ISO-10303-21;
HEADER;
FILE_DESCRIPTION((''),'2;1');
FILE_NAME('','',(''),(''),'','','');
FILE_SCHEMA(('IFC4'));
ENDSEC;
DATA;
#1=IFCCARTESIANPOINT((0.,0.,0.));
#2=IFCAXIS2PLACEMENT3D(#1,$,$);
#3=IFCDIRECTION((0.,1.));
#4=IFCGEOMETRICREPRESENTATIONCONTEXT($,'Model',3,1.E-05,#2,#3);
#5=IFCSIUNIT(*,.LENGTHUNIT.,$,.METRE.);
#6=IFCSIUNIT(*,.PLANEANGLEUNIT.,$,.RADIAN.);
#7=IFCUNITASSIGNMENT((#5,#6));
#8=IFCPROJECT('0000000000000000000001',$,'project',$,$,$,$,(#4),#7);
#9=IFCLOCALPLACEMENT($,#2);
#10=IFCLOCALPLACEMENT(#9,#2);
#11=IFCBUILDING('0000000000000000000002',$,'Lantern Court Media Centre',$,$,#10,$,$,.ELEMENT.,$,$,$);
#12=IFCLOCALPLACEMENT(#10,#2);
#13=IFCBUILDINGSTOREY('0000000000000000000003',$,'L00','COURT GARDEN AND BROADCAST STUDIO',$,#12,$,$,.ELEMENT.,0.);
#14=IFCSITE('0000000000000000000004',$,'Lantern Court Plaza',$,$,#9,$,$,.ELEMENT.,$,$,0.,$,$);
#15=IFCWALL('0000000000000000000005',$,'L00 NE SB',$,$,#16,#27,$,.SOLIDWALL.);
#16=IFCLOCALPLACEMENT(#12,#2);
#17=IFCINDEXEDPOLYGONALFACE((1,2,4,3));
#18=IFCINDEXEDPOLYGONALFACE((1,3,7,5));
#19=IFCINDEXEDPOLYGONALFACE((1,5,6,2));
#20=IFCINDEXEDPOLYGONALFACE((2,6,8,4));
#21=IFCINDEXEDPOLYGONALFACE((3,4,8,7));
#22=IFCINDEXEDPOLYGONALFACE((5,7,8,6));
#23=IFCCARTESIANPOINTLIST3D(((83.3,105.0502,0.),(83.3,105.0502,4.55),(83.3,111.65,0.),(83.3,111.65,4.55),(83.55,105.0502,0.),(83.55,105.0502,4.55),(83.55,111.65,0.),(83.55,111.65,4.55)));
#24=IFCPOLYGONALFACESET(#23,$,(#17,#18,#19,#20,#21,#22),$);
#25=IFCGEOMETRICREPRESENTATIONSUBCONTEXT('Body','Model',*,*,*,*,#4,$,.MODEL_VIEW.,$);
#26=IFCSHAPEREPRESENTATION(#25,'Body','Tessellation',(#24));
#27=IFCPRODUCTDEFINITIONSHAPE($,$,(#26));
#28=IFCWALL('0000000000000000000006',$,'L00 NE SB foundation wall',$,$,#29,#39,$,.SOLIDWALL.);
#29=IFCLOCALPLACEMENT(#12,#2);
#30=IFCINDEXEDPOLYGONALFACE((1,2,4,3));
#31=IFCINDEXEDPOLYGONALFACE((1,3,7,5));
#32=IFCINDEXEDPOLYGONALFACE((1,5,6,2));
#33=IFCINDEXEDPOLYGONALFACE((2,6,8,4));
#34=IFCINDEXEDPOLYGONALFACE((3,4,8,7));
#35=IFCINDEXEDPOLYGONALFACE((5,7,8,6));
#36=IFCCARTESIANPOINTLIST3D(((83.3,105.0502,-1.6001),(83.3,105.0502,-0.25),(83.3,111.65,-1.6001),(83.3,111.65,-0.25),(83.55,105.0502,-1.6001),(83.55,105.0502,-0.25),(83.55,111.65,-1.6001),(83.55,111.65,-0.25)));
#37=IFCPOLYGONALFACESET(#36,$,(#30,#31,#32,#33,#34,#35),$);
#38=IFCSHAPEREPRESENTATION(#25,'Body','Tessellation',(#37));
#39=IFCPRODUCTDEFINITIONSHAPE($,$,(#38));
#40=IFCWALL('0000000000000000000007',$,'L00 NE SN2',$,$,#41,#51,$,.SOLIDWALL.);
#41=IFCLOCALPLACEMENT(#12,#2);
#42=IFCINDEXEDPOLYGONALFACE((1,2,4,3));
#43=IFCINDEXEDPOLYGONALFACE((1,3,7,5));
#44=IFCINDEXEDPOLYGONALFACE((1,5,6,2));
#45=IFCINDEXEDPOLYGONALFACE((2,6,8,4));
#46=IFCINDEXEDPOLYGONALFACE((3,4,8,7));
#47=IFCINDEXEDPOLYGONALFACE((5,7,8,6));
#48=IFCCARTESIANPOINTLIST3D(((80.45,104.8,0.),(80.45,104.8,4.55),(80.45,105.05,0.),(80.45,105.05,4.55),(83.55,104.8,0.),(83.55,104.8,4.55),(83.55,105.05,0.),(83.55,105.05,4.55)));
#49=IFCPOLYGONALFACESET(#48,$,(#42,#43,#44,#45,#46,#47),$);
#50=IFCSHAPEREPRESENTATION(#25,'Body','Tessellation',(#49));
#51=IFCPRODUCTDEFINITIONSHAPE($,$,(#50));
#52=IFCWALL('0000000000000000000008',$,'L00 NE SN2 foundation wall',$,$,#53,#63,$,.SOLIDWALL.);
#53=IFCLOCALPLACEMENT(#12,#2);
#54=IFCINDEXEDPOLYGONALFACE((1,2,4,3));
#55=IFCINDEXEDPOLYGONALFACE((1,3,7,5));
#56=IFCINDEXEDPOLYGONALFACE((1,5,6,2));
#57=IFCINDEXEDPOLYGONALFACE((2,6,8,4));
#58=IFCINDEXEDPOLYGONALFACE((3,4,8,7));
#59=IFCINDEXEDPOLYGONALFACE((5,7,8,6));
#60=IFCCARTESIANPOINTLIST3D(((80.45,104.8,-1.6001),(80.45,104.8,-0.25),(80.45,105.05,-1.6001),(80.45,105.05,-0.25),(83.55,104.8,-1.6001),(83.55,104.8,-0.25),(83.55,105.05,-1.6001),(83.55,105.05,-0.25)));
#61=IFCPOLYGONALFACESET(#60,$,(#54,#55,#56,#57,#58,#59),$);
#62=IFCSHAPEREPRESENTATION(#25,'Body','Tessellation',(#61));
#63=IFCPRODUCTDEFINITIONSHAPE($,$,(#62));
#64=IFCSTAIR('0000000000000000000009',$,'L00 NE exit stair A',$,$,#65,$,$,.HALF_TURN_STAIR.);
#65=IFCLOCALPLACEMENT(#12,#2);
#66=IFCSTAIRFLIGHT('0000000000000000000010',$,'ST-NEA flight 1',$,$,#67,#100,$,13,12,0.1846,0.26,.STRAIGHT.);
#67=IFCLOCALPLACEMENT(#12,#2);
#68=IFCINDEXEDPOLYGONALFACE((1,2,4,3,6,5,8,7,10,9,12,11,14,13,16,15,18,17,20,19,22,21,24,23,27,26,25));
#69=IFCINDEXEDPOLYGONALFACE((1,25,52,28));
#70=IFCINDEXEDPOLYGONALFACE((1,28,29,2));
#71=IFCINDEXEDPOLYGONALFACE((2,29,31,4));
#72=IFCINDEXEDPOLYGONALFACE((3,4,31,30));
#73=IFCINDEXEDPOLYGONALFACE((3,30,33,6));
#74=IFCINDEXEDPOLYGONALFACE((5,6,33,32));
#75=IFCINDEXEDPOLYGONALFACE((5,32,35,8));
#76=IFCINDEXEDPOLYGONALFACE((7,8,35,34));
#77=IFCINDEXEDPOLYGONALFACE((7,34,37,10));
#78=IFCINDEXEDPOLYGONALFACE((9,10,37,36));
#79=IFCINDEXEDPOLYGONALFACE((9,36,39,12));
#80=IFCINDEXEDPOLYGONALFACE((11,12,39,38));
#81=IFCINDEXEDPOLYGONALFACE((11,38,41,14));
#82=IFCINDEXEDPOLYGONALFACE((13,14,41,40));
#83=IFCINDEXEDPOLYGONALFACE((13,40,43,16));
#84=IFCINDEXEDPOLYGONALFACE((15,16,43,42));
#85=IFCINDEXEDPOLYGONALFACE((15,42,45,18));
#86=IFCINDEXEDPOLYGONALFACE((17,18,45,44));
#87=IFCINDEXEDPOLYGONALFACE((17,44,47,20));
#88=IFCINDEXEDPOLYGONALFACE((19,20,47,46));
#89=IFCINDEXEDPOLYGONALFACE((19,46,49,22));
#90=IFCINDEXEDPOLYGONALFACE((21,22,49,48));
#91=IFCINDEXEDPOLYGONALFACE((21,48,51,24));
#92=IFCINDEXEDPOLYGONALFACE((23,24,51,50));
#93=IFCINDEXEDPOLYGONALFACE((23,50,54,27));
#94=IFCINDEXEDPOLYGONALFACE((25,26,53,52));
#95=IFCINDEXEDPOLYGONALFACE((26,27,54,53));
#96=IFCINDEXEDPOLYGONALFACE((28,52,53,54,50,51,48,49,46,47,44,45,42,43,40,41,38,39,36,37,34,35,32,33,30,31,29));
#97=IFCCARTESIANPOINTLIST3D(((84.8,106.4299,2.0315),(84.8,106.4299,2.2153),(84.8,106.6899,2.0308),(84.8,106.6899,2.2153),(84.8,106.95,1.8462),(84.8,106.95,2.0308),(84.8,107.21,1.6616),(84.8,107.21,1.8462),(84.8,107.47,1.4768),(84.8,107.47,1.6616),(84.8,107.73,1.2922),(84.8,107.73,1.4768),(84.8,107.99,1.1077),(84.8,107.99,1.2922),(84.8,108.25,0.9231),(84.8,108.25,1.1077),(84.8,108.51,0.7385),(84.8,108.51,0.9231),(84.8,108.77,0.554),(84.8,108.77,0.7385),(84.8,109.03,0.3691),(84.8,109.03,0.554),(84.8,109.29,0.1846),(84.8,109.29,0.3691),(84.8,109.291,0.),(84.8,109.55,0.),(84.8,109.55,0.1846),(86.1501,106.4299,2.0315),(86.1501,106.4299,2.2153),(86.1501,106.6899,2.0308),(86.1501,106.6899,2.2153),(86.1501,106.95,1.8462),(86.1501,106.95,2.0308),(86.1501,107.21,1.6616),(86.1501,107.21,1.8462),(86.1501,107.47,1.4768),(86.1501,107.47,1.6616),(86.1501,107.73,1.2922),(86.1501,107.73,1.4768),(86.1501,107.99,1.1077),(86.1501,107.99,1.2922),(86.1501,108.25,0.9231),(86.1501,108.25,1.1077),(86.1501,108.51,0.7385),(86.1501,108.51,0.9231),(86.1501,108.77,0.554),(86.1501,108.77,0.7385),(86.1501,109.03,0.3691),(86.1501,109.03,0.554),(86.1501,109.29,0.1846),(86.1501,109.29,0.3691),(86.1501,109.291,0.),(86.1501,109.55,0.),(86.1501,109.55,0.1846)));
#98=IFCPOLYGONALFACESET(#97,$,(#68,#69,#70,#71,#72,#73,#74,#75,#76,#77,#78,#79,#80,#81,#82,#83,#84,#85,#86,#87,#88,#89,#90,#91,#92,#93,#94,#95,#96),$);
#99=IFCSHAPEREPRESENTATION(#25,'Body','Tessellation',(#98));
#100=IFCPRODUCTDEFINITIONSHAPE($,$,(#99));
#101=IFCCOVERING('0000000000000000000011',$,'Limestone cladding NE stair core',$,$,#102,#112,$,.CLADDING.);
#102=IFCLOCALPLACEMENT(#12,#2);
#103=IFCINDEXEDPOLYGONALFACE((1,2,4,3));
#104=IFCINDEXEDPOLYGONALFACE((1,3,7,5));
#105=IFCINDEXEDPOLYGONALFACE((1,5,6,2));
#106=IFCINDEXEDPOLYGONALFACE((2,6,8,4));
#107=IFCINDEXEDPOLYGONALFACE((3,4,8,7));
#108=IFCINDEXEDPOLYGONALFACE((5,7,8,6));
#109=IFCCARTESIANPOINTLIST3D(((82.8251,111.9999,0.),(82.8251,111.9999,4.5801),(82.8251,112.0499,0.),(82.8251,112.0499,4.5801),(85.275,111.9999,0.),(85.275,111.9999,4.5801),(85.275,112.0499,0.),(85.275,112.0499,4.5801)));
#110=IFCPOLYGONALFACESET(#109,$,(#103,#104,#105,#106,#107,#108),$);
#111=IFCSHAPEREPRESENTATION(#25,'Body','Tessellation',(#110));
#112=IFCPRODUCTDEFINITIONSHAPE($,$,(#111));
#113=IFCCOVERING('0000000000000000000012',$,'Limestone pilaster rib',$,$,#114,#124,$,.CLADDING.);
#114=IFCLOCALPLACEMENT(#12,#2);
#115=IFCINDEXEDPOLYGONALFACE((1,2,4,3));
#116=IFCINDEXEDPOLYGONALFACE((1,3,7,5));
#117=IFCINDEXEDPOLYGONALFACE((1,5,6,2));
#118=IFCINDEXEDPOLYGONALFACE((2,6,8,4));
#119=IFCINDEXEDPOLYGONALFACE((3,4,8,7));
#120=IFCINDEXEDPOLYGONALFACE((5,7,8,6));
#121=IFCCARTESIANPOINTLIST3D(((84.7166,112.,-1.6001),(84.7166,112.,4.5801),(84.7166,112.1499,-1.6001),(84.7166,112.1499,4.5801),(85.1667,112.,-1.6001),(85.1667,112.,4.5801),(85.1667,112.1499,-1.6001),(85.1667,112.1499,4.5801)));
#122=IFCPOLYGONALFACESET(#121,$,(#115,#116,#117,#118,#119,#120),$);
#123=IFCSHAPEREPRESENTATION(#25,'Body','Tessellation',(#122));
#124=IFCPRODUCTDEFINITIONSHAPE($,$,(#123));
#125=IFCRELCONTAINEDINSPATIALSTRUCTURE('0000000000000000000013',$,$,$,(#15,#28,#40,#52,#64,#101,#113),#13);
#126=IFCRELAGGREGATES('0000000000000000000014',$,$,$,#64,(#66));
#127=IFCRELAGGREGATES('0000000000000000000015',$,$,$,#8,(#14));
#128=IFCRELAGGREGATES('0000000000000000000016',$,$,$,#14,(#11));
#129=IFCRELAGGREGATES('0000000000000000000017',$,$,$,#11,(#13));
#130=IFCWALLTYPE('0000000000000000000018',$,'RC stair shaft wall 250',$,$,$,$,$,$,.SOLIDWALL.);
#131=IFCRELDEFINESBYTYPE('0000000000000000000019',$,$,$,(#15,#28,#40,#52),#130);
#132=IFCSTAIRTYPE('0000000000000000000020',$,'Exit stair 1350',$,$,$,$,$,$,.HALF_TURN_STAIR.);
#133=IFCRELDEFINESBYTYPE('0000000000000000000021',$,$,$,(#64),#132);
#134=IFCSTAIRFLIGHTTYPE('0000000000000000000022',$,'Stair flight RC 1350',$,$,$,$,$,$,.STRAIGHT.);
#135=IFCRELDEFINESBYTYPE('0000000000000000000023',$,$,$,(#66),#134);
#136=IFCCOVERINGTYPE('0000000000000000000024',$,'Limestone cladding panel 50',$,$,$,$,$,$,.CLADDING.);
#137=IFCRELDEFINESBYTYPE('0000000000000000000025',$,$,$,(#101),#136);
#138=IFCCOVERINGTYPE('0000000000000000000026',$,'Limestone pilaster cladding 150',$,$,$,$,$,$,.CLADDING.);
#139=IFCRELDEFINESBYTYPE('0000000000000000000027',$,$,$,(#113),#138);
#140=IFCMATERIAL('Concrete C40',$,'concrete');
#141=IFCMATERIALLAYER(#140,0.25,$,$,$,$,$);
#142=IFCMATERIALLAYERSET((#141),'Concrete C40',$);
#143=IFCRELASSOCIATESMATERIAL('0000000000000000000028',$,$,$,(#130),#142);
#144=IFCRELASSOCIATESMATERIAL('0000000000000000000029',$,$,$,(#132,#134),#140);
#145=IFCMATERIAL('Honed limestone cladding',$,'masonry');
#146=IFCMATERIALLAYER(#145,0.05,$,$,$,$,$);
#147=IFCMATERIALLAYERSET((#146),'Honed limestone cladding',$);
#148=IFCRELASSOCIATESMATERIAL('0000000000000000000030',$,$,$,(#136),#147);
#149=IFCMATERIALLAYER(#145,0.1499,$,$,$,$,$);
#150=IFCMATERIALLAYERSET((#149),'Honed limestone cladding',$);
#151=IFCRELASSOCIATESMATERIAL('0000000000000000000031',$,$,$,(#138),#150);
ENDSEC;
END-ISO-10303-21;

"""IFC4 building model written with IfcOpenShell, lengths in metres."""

from ifc_helpers import new_model, si_unit, direction, frame, frame_2d, origin, place, context, subcontext, project, spatial, polyline, rectangle, outline, extrude, material, layer, layer_set, type_object, element, aggregate, save


model = new_model("IFC4")

# Units and contexts
model_context = context("Model", 3, precision=1e-05, world=origin(), true_north=direction((0.0, 1.0)))
body_context = subcontext(model_context, "Body", "Model", "MODEL_VIEW")
ifc_project = project(units=[si_unit("LENGTHUNIT", "METRE"), si_unit("PLANEANGLEUNIT", "RADIAN")], contexts=[model_context])

# Site, building, storey
site_placement = place(None, origin())
site = spatial("IfcSite", under=ifc_project, at=site_placement, Name="Lantern Court Plaza", CompositionType="ELEMENT", RefElevation=0.0)
building_placement = place(site_placement, origin())
building = spatial("IfcBuilding", under=site, at=building_placement, Name="Lantern Court Media Centre", CompositionType="ELEMENT")
storey_placement = place(building_placement, origin())
storey = spatial("IfcBuildingStorey", under=building, at=storey_placement, Name="L00", Description="COURT GARDEN AND BROADCAST STUDIO", CompositionType="ELEMENT", Elevation=0.0)

# Walls
ifc_material_1 = material(Name="Concrete C40", Category="concrete")
ifc_layer_1 = layer(ifc_material_1, 0.25)
ifc_layer_set_1 = layer_set([ifc_layer_1], Name="Concrete C40")
wall_type_1 = type_object("IfcWallType", Name="RC stair shaft wall 250", PredefinedType="SOLIDWALL", material=ifc_layer_set_1)
wall_1_placement = place(storey_placement, frame((83.425, 111.6499, 0.0), z_axis=(0.0, 0.0, 1.0), x_axis=(0.0, -1.0, 0.0)))
element("IfcWall", 1, at=wall_1_placement, inside=storey, type_object=wall_type_1, Name="L00 NE SB", PredefinedType="SOLIDWALL", context=body_context, shape_type="SweptSolid", body=[
    extrude(rectangle(XDim=6.5999, YDim=0.25, at=frame_2d((3.2998, 0.0))), origin(), (0.0, 0.0, 1.0), 4.55),
])
wall_2_placement = place(storey_placement, frame((83.425, 111.6499, -1.6001), z_axis=(0.0, 0.0, 1.0), x_axis=(0.0, -1.0, 0.0)))
element("IfcWall", 2, at=wall_2_placement, inside=storey, type_object=wall_type_1, Name="L00 NE SB foundation wall", PredefinedType="SOLIDWALL", context=body_context, shape_type="SweptSolid", body=[
    extrude(rectangle(XDim=6.5999, YDim=0.25, at=frame_2d((3.2998, 0.0))), origin(), (0.0, 0.0, 1.0), 1.3501),
])
wall_3_placement = place(storey_placement, frame((83.55, 104.925, 0.0), z_axis=(0.0, 0.0, 1.0), x_axis=(-1.0, 0.0, 0.0)))
element("IfcWall", 3, at=wall_3_placement, inside=storey, type_object=wall_type_1, Name="L00 NE SN2", PredefinedType="SOLIDWALL", context=body_context, shape_type="SweptSolid", body=[
    extrude(rectangle(XDim=3.1001, YDim=0.25, at=frame_2d((1.55, 0.0))), origin(), (0.0, 0.0, 1.0), 4.55),
])
wall_4_placement = place(storey_placement, frame((83.55, 104.925, -1.6001), z_axis=(0.0, 0.0, 1.0), x_axis=(-1.0, 0.0, 0.0)))
element("IfcWall", 4, at=wall_4_placement, inside=storey, type_object=wall_type_1, Name="L00 NE SN2 foundation wall", PredefinedType="SOLIDWALL", context=body_context, shape_type="SweptSolid", body=[
    extrude(rectangle(XDim=3.1001, YDim=0.25, at=frame_2d((1.55, 0.0))), origin(), (0.0, 0.0, 1.0), 1.3501),
])

# Stair, stair flight
stair_type = type_object("IfcStairType", Name="Exit stair 1350", PredefinedType="HALF_TURN_STAIR", material=ifc_material_1)
stair_placement = place(storey_placement, origin())
stair = element("IfcStair", 5, at=stair_placement, inside=storey, type_object=stair_type, Name="L00 NE exit stair A", PredefinedType="HALF_TURN_STAIR")
stair_flight_type = type_object("IfcStairFlightType", Name="Stair flight RC 1350", PredefinedType="STRAIGHT", material=ifc_material_1)
stair_flight_placement = place(storey_placement, frame((85.4751, 109.55, 0.0), z_axis=(0.0, 0.0, 1.0), x_axis=(0.0, -1.0, 0.0)))
stair_flight = element("IfcStairFlight", 6, at=stair_flight_placement, type_object=stair_flight_type, Name="ST-NEA flight 1", NumberOfRisers=13, NumberOfTreads=12, PredefinedType="STRAIGHT", RiserHeight=0.1846, TreadLength=0.26, context=body_context, shape_type="SweptSolid", body=[
    extrude(outline(polyline([(0.0, 0.0), (0.0, 0.1846), (0.26, 0.1846), (0.26, 0.3691), (0.52, 0.3691), (0.52, 0.554), (0.78, 0.554), (0.78, 0.7385), (1.04, 0.7385), (1.04, 0.9231), (1.3, 0.9231), (1.3, 1.1077), (1.5601, 1.1077), (1.5601, 1.2922), (1.8201, 1.2922), (1.8201, 1.4768), (2.0801, 1.4768), (2.0801, 1.6616), (2.3401, 1.6616), (2.3401, 1.8462), (2.6001, 1.8462), (2.6001, 2.0308), (2.8601, 2.0308), (2.8601, 2.2153), (3.1201, 2.2153), (3.1201, 2.3999), (3.1201, 2.0315), (0.259, 0.0), (0.0, 0.0)])), frame((0.0, 0.675, 0.0), z_axis=(0.0, -1.0, 0.0), x_axis=(1.0, 0.0, 0.0)), (0.0, 0.0, 1.0), 1.3501),
])
aggregate(stair, [stair_flight])

# Coverings
ifc_material_2 = material(Name="Honed limestone cladding", Category="masonry")
ifc_layer_2 = layer(ifc_material_2, 0.05)
ifc_layer_set_2 = layer_set([ifc_layer_2], Name="Honed limestone cladding")
covering_type_1 = type_object("IfcCoveringType", Name="Limestone cladding panel 50", PredefinedType="CLADDING", material=ifc_layer_set_2)
covering_1_placement = place(storey_placement, frame((82.825, 112.0249, 0.0), z_axis=(0.0, 0.0, 1.0), x_axis=(1.0, 0.0, 0.0)))
element("IfcCovering", 7, at=covering_1_placement, inside=storey, type_object=covering_type_1, Name="Limestone cladding NE stair core", PredefinedType="CLADDING", context=body_context, shape_type="SweptSolid", body=[
    extrude(rectangle(XDim=2.45, YDim=0.05, at=frame_2d((1.2251, 0.0))), origin(), (0.0, 0.0, 1.0), 4.5801),
])
ifc_layer_3 = layer(ifc_material_2, 0.1499)
ifc_layer_set_3 = layer_set([ifc_layer_3], Name="Honed limestone cladding")
covering_type_2 = type_object("IfcCoveringType", Name="Limestone pilaster cladding 150", PredefinedType="CLADDING", material=ifc_layer_set_3)
covering_2_placement = place(storey_placement, frame((84.7166, 112.075, -1.6001), z_axis=(0.0, 0.0, 1.0), x_axis=(1.0, 0.0, 0.0)))
element("IfcCovering", 8, at=covering_2_placement, inside=storey, type_object=covering_type_2, Name="Limestone pilaster rib", PredefinedType="CLADDING", context=body_context, shape_type="SweptSolid", body=[
    extrude(rectangle(XDim=0.4502, YDim=0.1499, at=frame_2d((0.2251, 0.0))), origin(), (0.0, 0.0, 1.0), 6.1802),
])

save(model, "model.ifc")
